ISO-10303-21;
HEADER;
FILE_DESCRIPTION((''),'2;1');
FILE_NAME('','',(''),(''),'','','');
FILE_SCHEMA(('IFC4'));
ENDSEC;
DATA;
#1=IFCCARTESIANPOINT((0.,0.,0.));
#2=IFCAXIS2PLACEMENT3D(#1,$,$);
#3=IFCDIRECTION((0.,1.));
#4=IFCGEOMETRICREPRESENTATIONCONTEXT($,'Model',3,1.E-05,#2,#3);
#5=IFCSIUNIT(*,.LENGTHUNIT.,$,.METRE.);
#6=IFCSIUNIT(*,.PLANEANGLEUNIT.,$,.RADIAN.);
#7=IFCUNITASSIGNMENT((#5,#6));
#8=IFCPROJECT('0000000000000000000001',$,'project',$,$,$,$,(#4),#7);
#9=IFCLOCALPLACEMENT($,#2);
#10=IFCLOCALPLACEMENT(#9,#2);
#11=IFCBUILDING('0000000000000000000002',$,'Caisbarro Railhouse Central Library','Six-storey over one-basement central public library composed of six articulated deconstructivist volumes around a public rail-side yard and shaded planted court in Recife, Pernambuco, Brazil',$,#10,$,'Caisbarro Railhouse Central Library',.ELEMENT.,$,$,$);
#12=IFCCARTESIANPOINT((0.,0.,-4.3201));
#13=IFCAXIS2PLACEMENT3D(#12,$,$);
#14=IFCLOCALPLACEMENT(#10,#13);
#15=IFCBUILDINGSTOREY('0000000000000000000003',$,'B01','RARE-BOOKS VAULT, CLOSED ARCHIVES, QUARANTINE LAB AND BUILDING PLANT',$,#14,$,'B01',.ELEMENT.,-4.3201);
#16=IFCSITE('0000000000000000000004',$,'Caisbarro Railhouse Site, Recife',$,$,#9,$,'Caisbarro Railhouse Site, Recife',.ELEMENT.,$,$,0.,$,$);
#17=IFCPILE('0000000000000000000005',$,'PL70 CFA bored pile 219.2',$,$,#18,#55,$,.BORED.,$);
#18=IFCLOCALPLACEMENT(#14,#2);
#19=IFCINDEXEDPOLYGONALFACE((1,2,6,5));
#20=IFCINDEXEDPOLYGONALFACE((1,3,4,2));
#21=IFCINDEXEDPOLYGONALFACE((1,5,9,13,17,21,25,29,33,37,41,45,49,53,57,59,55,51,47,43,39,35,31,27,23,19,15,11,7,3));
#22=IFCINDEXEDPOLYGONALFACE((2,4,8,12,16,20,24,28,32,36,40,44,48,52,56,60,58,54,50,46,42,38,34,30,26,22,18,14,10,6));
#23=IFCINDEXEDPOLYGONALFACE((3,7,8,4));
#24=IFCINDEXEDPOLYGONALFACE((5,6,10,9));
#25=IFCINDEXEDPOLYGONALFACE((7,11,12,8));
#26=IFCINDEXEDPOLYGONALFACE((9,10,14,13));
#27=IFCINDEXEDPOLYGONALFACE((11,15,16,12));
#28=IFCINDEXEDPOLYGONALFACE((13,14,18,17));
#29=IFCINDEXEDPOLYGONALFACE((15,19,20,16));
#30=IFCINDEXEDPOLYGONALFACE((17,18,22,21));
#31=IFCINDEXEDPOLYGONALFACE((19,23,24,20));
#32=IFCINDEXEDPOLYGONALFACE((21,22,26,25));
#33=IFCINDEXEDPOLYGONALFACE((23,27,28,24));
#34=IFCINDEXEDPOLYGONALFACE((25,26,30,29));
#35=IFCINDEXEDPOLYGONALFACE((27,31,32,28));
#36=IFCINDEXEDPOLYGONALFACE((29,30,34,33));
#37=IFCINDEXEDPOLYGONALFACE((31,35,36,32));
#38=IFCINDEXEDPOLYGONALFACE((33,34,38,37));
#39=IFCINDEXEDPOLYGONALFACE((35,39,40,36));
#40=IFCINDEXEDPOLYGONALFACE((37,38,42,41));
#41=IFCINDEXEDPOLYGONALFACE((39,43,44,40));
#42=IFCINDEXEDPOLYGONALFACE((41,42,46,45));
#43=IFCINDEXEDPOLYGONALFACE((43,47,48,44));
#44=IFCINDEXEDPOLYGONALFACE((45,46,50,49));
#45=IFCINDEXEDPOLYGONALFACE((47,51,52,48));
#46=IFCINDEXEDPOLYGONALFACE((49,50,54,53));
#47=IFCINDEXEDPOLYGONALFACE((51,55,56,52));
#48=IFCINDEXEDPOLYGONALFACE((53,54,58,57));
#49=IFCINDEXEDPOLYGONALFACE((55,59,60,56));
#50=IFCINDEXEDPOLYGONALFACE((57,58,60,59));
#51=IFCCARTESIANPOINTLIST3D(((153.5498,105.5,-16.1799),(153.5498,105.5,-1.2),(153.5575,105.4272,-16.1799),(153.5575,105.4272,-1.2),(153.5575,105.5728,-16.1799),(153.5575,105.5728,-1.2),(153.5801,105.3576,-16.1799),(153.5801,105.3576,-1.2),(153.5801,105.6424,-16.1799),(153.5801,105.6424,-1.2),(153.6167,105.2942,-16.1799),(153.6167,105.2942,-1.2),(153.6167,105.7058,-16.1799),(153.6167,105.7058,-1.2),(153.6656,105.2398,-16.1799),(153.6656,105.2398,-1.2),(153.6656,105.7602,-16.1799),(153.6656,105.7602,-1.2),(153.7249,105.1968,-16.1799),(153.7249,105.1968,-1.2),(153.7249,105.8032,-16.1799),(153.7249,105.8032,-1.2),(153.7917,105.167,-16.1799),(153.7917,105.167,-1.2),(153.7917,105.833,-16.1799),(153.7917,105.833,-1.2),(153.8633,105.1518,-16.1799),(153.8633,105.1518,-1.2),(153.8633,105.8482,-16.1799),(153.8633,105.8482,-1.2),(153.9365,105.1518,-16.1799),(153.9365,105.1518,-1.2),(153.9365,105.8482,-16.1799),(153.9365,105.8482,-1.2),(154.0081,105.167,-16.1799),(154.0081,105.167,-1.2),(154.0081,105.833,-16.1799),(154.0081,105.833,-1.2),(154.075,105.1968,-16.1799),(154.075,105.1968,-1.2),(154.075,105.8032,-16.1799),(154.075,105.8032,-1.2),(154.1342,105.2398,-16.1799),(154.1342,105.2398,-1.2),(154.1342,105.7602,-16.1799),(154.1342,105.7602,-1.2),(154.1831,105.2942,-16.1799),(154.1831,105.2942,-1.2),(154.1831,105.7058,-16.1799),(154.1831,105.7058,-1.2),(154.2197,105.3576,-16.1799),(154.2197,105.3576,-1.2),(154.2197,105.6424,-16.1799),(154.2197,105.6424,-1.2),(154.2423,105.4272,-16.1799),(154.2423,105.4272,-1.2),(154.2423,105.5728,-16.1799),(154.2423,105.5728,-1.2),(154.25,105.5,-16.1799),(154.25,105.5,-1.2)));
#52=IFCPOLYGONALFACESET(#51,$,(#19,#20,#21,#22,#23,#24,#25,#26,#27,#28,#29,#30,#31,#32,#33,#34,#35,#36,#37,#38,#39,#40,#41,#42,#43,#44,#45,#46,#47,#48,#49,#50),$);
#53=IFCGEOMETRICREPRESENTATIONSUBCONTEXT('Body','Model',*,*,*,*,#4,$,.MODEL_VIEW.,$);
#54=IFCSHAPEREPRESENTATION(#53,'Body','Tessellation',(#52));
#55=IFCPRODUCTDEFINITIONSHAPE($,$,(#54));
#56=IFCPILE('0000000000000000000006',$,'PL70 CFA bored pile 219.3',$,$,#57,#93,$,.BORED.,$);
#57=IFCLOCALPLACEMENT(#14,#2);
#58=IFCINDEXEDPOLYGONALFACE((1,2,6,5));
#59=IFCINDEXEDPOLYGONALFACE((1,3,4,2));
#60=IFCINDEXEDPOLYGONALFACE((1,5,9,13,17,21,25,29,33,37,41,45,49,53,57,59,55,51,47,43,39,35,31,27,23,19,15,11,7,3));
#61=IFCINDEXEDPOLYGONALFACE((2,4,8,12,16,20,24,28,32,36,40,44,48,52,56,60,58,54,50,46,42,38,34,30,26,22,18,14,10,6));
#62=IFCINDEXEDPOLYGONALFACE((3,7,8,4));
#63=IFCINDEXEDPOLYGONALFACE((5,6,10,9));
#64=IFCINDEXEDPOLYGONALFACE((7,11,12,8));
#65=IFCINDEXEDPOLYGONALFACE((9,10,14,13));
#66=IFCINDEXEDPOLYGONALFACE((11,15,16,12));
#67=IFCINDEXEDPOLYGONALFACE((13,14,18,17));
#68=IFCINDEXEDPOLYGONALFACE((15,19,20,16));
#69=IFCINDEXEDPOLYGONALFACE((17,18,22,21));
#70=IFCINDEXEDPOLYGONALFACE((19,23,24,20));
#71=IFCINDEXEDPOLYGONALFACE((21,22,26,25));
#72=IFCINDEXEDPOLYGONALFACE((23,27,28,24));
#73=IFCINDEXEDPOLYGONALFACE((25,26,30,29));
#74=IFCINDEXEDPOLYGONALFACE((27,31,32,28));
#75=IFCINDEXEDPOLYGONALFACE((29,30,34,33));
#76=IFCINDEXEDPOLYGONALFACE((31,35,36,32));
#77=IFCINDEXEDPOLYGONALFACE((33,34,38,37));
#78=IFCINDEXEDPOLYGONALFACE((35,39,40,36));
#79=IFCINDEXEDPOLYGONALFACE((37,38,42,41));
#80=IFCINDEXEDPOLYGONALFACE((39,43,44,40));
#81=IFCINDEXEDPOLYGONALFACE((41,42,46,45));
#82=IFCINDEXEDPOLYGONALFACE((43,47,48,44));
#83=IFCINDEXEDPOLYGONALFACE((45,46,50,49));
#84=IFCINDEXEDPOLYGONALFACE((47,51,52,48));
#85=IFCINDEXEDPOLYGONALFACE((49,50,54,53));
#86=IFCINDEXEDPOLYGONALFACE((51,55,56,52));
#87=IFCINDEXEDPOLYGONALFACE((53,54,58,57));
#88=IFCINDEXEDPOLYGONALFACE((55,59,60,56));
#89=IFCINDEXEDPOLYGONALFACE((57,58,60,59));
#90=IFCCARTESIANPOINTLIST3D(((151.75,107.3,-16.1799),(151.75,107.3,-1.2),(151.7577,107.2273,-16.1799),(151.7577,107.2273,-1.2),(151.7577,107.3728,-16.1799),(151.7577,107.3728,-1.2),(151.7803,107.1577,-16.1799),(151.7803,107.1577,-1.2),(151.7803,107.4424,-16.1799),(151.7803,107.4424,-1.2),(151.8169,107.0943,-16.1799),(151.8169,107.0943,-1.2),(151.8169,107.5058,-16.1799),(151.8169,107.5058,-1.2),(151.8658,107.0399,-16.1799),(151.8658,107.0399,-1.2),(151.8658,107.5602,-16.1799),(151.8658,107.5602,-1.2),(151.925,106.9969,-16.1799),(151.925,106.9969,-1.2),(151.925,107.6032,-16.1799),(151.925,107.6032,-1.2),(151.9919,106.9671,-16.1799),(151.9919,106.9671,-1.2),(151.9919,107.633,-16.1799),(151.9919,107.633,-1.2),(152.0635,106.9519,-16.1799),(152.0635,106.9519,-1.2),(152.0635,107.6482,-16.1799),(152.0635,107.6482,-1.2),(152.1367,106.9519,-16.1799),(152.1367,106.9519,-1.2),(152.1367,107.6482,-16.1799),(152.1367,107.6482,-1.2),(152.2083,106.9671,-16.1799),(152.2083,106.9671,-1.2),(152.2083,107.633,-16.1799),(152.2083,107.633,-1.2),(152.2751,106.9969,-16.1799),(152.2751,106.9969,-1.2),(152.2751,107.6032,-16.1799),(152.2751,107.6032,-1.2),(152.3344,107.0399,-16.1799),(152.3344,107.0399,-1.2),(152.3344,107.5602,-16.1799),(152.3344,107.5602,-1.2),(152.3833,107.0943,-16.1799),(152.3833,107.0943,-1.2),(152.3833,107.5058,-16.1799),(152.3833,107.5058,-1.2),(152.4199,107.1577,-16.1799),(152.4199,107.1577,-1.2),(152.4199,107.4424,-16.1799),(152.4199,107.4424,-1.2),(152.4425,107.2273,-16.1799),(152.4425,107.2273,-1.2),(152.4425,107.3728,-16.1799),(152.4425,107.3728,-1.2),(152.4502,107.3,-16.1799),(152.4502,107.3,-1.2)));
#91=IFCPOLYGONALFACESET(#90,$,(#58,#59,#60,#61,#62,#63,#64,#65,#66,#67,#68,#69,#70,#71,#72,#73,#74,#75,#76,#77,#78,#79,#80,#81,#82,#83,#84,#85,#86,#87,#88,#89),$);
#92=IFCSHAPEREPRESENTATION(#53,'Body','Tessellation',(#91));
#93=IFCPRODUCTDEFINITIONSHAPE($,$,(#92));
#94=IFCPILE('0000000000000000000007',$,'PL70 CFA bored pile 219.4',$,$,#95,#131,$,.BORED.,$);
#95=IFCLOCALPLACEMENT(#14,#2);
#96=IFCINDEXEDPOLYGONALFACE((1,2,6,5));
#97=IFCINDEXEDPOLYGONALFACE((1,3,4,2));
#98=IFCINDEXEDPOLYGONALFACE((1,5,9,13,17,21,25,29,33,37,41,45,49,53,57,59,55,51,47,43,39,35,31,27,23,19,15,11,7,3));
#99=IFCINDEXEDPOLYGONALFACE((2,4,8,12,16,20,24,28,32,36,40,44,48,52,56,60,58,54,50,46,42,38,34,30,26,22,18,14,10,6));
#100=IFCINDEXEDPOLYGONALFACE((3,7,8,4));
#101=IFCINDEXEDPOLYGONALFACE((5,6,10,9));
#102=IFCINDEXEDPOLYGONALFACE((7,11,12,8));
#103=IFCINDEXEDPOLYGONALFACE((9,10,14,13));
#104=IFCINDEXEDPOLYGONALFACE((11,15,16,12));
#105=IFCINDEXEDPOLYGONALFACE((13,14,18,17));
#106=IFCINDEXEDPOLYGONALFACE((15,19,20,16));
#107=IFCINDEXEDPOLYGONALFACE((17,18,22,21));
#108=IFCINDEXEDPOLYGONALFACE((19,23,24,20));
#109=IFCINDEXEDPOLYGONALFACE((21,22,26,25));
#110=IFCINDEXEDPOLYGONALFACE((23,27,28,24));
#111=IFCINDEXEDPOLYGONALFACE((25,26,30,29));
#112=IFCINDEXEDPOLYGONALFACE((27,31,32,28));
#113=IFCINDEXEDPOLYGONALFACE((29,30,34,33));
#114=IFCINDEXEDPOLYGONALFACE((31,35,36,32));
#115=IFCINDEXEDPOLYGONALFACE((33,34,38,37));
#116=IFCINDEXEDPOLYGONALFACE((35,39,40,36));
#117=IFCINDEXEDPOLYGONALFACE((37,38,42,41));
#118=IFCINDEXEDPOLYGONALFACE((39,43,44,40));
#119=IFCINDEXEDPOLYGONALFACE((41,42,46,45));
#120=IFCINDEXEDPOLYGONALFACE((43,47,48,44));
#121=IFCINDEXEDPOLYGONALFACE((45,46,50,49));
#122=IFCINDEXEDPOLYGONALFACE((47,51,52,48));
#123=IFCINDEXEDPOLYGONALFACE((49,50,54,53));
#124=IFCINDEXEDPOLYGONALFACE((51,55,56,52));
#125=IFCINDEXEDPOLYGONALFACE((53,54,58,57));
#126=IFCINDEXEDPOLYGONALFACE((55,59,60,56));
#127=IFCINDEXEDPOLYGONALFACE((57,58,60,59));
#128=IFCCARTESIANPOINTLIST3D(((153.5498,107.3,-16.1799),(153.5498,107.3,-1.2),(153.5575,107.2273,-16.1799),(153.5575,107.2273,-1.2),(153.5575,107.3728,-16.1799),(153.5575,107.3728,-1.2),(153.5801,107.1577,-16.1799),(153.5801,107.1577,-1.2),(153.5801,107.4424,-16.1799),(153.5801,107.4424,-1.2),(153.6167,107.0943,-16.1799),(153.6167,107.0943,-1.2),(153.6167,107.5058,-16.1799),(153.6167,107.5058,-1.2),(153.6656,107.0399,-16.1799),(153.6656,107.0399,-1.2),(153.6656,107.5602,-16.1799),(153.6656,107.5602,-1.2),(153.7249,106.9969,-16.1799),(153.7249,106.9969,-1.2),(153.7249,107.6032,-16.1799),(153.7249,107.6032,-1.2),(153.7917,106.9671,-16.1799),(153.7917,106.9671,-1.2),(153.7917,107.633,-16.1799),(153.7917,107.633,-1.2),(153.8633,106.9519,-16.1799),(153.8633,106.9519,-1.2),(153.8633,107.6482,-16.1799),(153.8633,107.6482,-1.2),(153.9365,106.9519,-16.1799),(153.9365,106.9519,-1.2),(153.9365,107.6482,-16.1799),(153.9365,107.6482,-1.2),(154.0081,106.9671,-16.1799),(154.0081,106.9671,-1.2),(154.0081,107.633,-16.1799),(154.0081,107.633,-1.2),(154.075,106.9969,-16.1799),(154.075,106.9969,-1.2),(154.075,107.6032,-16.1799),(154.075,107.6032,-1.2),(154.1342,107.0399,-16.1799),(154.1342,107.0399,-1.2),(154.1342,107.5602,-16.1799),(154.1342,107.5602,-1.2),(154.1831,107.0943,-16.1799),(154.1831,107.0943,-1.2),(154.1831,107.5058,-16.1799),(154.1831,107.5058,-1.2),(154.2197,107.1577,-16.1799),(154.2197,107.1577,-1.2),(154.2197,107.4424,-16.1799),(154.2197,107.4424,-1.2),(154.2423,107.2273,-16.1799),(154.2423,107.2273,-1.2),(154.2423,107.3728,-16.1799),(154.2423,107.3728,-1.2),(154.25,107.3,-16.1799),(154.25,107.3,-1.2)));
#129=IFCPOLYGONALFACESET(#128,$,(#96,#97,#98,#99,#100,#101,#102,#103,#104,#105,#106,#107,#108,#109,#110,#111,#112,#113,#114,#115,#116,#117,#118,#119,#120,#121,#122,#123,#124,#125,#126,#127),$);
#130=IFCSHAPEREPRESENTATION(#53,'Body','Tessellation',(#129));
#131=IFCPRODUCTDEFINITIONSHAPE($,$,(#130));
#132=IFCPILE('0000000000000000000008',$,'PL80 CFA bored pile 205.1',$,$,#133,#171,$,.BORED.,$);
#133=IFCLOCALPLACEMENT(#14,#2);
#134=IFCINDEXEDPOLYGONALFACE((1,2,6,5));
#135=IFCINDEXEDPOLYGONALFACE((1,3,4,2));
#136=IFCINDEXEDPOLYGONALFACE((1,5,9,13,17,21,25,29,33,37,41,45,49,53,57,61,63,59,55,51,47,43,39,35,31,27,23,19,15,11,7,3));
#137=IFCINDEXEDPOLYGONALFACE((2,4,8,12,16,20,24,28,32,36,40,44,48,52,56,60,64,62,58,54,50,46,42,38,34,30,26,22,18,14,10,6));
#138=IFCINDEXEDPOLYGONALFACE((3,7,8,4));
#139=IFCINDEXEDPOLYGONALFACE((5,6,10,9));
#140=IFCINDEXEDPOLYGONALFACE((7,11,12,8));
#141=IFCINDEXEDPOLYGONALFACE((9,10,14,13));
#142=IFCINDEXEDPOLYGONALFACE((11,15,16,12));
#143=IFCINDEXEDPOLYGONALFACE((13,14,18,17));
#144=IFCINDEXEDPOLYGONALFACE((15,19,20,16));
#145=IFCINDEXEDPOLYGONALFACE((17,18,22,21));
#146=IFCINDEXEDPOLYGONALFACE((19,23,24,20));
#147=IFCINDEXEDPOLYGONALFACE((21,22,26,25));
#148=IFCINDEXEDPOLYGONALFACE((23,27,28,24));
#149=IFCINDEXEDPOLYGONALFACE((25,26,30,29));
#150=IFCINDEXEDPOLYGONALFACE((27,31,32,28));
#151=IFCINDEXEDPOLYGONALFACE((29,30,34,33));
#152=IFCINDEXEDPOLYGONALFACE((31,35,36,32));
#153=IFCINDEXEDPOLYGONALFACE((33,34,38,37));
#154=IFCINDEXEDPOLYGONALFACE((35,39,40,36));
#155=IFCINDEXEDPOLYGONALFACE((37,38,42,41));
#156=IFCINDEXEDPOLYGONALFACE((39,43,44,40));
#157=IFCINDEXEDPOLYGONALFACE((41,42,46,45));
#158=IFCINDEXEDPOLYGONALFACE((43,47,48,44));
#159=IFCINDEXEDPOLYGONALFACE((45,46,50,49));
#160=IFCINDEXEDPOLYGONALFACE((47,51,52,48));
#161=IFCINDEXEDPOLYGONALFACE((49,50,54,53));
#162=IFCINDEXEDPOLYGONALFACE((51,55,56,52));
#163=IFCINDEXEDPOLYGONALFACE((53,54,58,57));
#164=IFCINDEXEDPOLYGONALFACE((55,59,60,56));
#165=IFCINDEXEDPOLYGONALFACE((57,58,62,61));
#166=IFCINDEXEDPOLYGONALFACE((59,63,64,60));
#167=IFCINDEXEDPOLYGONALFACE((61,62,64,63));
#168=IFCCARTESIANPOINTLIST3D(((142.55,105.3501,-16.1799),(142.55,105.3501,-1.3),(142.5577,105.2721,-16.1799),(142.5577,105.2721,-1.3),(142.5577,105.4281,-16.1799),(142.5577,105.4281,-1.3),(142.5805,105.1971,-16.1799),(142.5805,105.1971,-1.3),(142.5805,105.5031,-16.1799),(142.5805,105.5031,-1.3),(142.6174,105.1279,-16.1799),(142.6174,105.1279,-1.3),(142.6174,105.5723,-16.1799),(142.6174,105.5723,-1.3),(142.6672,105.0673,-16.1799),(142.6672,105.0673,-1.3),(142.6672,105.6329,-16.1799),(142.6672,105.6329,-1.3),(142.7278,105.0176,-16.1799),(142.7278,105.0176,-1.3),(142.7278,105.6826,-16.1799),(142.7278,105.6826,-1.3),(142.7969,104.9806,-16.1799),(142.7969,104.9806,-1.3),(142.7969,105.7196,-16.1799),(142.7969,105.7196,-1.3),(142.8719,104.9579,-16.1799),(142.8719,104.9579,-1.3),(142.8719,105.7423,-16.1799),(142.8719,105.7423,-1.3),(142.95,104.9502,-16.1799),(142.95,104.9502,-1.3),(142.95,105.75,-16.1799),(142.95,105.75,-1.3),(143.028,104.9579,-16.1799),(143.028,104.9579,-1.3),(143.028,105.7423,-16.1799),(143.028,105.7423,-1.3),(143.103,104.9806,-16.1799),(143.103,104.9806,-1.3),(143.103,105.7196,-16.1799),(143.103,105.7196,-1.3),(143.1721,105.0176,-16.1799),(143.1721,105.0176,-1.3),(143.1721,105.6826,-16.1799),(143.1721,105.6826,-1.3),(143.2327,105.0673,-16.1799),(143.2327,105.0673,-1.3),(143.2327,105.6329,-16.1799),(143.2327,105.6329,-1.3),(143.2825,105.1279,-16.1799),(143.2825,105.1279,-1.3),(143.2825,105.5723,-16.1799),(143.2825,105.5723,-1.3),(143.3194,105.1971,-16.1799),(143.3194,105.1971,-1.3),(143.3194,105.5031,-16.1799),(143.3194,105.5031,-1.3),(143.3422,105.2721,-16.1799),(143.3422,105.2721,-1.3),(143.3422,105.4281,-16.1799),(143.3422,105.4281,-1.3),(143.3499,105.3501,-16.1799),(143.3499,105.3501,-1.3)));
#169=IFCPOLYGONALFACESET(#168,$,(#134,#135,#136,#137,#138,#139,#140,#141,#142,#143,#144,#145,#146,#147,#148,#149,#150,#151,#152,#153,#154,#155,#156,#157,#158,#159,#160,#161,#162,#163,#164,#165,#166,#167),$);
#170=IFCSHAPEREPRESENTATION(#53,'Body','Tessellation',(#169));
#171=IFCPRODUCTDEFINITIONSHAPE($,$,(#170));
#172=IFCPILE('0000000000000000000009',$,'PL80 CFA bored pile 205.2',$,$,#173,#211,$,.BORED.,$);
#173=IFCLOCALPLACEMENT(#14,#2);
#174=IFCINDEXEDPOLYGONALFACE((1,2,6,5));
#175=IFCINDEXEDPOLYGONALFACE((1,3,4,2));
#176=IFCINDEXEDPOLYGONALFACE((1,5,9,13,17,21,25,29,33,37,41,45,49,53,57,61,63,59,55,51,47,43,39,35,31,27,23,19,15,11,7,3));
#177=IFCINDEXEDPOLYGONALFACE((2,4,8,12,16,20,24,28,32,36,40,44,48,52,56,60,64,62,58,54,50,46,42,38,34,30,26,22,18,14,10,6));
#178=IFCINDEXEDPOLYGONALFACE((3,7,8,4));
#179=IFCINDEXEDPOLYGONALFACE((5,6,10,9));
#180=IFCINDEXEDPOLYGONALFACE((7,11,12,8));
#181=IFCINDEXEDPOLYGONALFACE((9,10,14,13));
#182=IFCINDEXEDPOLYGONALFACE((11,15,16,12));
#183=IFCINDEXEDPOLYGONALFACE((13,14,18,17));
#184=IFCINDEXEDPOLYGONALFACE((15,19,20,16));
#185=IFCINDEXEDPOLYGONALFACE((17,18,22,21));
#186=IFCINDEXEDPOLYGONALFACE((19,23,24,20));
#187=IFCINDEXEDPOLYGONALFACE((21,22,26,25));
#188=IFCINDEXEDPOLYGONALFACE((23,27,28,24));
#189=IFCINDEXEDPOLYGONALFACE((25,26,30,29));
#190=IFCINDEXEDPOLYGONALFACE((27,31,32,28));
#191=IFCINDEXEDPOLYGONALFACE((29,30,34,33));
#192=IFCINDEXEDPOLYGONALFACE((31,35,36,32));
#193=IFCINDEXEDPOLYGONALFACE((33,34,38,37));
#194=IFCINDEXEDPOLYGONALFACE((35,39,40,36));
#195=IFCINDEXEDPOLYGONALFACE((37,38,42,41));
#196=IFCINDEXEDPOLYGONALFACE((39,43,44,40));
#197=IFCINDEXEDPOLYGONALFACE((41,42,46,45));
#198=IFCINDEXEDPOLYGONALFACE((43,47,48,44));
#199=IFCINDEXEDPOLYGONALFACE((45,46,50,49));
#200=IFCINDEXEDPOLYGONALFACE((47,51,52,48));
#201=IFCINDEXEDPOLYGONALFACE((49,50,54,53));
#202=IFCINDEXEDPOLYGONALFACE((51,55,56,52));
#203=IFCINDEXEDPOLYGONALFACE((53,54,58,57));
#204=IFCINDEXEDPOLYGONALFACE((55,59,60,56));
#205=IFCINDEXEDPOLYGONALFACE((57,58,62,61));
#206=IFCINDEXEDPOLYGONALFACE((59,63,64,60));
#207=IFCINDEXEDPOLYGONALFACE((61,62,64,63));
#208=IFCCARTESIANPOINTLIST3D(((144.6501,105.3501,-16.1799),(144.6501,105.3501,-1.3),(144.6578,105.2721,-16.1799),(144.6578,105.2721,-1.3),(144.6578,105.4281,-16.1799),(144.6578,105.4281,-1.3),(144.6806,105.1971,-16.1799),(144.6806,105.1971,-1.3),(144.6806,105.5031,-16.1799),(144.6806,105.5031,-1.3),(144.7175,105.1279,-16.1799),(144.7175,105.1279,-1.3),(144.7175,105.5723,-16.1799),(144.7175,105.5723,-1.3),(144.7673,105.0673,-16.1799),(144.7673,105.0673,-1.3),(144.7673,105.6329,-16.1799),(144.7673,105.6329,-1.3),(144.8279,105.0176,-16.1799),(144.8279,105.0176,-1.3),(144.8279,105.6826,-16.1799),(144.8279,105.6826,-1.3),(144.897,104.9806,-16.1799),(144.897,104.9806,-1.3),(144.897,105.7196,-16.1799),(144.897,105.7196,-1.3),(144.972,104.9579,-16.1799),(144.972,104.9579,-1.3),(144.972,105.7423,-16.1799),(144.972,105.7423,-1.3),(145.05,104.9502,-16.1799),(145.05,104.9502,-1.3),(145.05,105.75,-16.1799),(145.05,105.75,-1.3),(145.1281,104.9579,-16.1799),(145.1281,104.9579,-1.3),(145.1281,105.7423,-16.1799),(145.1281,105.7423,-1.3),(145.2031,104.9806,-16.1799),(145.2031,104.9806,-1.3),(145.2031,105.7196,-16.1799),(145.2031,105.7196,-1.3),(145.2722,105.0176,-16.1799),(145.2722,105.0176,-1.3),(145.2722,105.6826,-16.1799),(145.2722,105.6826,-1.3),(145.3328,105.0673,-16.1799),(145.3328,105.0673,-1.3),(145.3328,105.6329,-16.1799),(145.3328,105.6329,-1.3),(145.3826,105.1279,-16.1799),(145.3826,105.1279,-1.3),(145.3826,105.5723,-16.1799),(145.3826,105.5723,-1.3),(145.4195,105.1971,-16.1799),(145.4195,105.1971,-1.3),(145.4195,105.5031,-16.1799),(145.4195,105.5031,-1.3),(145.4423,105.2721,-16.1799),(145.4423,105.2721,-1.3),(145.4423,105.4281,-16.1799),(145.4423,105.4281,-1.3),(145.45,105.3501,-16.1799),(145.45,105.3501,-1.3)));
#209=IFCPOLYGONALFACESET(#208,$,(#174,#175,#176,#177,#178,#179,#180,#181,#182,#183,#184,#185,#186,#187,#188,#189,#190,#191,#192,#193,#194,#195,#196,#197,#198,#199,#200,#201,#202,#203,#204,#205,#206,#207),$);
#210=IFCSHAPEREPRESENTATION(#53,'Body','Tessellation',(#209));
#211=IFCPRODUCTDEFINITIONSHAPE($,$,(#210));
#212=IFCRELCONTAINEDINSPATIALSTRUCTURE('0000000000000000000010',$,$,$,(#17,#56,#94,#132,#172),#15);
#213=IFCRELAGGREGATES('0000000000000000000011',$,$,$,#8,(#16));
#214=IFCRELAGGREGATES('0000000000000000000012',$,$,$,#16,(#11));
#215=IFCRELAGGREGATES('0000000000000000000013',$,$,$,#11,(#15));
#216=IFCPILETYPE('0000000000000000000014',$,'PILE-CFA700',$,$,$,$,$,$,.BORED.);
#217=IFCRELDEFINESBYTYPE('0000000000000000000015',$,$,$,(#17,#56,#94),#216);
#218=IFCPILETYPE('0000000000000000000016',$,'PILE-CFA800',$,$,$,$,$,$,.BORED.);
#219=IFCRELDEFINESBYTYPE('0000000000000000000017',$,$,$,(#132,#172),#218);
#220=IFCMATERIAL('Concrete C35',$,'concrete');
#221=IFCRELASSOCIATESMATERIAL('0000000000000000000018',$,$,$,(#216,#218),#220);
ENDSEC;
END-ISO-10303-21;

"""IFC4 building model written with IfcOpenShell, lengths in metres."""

from ifc_helpers import new_model, si_unit, direction, frame, origin, origin_2d, place, context, subcontext, project, spatial, circle, extrude, material, material_profile, profile_set, type_object, element, save


model = new_model("IFC4")

# Units and contexts
model_context = context("Model", 3, precision=1e-05, world=origin(), true_north=direction((0.0, 1.0)))
body_context = subcontext(model_context, "Body", "Model", "MODEL_VIEW")
ifc_project = project(units=[si_unit("LENGTHUNIT", "METRE"), si_unit("PLANEANGLEUNIT", "RADIAN")], contexts=[model_context])

# Site, building, storey
site_placement = place(None, origin())
site = spatial("IfcSite", under=ifc_project, at=site_placement, Name="Caisbarro Railhouse Site, Recife", LongName="Caisbarro Railhouse Site, Recife", CompositionType="ELEMENT", RefElevation=0.0)
building_placement = place(site_placement, origin())
building = spatial("IfcBuilding", under=site, at=building_placement, Name="Caisbarro Railhouse Central Library", Description="Six-storey over one-basement central public library composed of six articulated deconstructivist volumes around a public rail-side yard and shaded planted court in Recife, Pernambuco, Brazil", LongName="Caisbarro Railhouse Central Library", CompositionType="ELEMENT")
storey_placement = place(building_placement, frame((0.0, 0.0, -4.3201)))
storey = spatial("IfcBuildingStorey", under=building, at=storey_placement, Name="B01", Description="RARE-BOOKS VAULT, CLOSED ARCHIVES, QUARANTINE LAB AND BUILDING PLANT", LongName="B01", CompositionType="ELEMENT", Elevation=-4.3201)

# Shared definitions
ifc_material_1 = material(Name="Concrete C35", Category="concrete")

# Piles
ifc_material_profile_1 = material_profile(ifc_material_1, circle(Radius=0.3501, at=origin_2d()), Name="PILE-CFA-700")
ifc_profile_set_1 = profile_set([ifc_material_profile_1], Name="Concrete C35")
pile_type_1 = type_object("IfcPileType", Name="PILE-CFA700", PredefinedType="BORED", material=ifc_profile_set_1)
for number, where, z_axis, x_axis, name in (
    (1, (153.8999, 105.5, -1.2), (0.0, 0.0, -1.0), (1.0, 0.0, 0.0), "PL70 CFA bored pile 219.2"),
    (2, (152.1001, 107.3, -1.2), (0.0, 0.0, -1.0), (1.0, 0.0, 0.0), "PL70 CFA bored pile 219.3"),
    (3, (153.8999, 107.3, -1.2), (0.0, 0.0, -1.0), (1.0, 0.0, 0.0), "PL70 CFA bored pile 219.4"),
):
    element("IfcPile", number, at=place(storey_placement, frame(where, z_axis=z_axis, x_axis=x_axis)), inside=storey, type_object=pile_type_1, Name=name, PredefinedType="BORED", context=body_context, shape_type="SweptSolid", body=[
        extrude(circle(Radius=0.3501, at=origin_2d()), origin(), (0.0, 0.0, 1.0), 14.98),
    ])
ifc_material_profile_2 = material_profile(ifc_material_1, circle(Radius=0.3999, at=origin_2d()), Name="PILE-CFA-800")
ifc_profile_set_2 = profile_set([ifc_material_profile_2], Name="Concrete C35")
pile_type_2 = type_object("IfcPileType", Name="PILE-CFA800", PredefinedType="BORED", material=ifc_profile_set_2)
for number, where, z_axis, x_axis, name in (
    (4, (142.95, 105.3501, -1.3), (0.0, 0.0, -1.0), (1.0, 0.0, 0.0), "PL80 CFA bored pile 205.1"),
    (5, (145.05, 105.3501, -1.3), (0.0, 0.0, -1.0), (1.0, 0.0, 0.0), "PL80 CFA bored pile 205.2"),
):
    element("IfcPile", number, at=place(storey_placement, frame(where, z_axis=z_axis, x_axis=x_axis)), inside=storey, type_object=pile_type_2, Name=name, PredefinedType="BORED", context=body_context, shape_type="SweptSolid", body=[
        extrude(circle(Radius=0.3999, at=origin_2d()), origin(), (0.0, 0.0, 1.0), 14.8799),
    ])

save(model, "model.ifc")
